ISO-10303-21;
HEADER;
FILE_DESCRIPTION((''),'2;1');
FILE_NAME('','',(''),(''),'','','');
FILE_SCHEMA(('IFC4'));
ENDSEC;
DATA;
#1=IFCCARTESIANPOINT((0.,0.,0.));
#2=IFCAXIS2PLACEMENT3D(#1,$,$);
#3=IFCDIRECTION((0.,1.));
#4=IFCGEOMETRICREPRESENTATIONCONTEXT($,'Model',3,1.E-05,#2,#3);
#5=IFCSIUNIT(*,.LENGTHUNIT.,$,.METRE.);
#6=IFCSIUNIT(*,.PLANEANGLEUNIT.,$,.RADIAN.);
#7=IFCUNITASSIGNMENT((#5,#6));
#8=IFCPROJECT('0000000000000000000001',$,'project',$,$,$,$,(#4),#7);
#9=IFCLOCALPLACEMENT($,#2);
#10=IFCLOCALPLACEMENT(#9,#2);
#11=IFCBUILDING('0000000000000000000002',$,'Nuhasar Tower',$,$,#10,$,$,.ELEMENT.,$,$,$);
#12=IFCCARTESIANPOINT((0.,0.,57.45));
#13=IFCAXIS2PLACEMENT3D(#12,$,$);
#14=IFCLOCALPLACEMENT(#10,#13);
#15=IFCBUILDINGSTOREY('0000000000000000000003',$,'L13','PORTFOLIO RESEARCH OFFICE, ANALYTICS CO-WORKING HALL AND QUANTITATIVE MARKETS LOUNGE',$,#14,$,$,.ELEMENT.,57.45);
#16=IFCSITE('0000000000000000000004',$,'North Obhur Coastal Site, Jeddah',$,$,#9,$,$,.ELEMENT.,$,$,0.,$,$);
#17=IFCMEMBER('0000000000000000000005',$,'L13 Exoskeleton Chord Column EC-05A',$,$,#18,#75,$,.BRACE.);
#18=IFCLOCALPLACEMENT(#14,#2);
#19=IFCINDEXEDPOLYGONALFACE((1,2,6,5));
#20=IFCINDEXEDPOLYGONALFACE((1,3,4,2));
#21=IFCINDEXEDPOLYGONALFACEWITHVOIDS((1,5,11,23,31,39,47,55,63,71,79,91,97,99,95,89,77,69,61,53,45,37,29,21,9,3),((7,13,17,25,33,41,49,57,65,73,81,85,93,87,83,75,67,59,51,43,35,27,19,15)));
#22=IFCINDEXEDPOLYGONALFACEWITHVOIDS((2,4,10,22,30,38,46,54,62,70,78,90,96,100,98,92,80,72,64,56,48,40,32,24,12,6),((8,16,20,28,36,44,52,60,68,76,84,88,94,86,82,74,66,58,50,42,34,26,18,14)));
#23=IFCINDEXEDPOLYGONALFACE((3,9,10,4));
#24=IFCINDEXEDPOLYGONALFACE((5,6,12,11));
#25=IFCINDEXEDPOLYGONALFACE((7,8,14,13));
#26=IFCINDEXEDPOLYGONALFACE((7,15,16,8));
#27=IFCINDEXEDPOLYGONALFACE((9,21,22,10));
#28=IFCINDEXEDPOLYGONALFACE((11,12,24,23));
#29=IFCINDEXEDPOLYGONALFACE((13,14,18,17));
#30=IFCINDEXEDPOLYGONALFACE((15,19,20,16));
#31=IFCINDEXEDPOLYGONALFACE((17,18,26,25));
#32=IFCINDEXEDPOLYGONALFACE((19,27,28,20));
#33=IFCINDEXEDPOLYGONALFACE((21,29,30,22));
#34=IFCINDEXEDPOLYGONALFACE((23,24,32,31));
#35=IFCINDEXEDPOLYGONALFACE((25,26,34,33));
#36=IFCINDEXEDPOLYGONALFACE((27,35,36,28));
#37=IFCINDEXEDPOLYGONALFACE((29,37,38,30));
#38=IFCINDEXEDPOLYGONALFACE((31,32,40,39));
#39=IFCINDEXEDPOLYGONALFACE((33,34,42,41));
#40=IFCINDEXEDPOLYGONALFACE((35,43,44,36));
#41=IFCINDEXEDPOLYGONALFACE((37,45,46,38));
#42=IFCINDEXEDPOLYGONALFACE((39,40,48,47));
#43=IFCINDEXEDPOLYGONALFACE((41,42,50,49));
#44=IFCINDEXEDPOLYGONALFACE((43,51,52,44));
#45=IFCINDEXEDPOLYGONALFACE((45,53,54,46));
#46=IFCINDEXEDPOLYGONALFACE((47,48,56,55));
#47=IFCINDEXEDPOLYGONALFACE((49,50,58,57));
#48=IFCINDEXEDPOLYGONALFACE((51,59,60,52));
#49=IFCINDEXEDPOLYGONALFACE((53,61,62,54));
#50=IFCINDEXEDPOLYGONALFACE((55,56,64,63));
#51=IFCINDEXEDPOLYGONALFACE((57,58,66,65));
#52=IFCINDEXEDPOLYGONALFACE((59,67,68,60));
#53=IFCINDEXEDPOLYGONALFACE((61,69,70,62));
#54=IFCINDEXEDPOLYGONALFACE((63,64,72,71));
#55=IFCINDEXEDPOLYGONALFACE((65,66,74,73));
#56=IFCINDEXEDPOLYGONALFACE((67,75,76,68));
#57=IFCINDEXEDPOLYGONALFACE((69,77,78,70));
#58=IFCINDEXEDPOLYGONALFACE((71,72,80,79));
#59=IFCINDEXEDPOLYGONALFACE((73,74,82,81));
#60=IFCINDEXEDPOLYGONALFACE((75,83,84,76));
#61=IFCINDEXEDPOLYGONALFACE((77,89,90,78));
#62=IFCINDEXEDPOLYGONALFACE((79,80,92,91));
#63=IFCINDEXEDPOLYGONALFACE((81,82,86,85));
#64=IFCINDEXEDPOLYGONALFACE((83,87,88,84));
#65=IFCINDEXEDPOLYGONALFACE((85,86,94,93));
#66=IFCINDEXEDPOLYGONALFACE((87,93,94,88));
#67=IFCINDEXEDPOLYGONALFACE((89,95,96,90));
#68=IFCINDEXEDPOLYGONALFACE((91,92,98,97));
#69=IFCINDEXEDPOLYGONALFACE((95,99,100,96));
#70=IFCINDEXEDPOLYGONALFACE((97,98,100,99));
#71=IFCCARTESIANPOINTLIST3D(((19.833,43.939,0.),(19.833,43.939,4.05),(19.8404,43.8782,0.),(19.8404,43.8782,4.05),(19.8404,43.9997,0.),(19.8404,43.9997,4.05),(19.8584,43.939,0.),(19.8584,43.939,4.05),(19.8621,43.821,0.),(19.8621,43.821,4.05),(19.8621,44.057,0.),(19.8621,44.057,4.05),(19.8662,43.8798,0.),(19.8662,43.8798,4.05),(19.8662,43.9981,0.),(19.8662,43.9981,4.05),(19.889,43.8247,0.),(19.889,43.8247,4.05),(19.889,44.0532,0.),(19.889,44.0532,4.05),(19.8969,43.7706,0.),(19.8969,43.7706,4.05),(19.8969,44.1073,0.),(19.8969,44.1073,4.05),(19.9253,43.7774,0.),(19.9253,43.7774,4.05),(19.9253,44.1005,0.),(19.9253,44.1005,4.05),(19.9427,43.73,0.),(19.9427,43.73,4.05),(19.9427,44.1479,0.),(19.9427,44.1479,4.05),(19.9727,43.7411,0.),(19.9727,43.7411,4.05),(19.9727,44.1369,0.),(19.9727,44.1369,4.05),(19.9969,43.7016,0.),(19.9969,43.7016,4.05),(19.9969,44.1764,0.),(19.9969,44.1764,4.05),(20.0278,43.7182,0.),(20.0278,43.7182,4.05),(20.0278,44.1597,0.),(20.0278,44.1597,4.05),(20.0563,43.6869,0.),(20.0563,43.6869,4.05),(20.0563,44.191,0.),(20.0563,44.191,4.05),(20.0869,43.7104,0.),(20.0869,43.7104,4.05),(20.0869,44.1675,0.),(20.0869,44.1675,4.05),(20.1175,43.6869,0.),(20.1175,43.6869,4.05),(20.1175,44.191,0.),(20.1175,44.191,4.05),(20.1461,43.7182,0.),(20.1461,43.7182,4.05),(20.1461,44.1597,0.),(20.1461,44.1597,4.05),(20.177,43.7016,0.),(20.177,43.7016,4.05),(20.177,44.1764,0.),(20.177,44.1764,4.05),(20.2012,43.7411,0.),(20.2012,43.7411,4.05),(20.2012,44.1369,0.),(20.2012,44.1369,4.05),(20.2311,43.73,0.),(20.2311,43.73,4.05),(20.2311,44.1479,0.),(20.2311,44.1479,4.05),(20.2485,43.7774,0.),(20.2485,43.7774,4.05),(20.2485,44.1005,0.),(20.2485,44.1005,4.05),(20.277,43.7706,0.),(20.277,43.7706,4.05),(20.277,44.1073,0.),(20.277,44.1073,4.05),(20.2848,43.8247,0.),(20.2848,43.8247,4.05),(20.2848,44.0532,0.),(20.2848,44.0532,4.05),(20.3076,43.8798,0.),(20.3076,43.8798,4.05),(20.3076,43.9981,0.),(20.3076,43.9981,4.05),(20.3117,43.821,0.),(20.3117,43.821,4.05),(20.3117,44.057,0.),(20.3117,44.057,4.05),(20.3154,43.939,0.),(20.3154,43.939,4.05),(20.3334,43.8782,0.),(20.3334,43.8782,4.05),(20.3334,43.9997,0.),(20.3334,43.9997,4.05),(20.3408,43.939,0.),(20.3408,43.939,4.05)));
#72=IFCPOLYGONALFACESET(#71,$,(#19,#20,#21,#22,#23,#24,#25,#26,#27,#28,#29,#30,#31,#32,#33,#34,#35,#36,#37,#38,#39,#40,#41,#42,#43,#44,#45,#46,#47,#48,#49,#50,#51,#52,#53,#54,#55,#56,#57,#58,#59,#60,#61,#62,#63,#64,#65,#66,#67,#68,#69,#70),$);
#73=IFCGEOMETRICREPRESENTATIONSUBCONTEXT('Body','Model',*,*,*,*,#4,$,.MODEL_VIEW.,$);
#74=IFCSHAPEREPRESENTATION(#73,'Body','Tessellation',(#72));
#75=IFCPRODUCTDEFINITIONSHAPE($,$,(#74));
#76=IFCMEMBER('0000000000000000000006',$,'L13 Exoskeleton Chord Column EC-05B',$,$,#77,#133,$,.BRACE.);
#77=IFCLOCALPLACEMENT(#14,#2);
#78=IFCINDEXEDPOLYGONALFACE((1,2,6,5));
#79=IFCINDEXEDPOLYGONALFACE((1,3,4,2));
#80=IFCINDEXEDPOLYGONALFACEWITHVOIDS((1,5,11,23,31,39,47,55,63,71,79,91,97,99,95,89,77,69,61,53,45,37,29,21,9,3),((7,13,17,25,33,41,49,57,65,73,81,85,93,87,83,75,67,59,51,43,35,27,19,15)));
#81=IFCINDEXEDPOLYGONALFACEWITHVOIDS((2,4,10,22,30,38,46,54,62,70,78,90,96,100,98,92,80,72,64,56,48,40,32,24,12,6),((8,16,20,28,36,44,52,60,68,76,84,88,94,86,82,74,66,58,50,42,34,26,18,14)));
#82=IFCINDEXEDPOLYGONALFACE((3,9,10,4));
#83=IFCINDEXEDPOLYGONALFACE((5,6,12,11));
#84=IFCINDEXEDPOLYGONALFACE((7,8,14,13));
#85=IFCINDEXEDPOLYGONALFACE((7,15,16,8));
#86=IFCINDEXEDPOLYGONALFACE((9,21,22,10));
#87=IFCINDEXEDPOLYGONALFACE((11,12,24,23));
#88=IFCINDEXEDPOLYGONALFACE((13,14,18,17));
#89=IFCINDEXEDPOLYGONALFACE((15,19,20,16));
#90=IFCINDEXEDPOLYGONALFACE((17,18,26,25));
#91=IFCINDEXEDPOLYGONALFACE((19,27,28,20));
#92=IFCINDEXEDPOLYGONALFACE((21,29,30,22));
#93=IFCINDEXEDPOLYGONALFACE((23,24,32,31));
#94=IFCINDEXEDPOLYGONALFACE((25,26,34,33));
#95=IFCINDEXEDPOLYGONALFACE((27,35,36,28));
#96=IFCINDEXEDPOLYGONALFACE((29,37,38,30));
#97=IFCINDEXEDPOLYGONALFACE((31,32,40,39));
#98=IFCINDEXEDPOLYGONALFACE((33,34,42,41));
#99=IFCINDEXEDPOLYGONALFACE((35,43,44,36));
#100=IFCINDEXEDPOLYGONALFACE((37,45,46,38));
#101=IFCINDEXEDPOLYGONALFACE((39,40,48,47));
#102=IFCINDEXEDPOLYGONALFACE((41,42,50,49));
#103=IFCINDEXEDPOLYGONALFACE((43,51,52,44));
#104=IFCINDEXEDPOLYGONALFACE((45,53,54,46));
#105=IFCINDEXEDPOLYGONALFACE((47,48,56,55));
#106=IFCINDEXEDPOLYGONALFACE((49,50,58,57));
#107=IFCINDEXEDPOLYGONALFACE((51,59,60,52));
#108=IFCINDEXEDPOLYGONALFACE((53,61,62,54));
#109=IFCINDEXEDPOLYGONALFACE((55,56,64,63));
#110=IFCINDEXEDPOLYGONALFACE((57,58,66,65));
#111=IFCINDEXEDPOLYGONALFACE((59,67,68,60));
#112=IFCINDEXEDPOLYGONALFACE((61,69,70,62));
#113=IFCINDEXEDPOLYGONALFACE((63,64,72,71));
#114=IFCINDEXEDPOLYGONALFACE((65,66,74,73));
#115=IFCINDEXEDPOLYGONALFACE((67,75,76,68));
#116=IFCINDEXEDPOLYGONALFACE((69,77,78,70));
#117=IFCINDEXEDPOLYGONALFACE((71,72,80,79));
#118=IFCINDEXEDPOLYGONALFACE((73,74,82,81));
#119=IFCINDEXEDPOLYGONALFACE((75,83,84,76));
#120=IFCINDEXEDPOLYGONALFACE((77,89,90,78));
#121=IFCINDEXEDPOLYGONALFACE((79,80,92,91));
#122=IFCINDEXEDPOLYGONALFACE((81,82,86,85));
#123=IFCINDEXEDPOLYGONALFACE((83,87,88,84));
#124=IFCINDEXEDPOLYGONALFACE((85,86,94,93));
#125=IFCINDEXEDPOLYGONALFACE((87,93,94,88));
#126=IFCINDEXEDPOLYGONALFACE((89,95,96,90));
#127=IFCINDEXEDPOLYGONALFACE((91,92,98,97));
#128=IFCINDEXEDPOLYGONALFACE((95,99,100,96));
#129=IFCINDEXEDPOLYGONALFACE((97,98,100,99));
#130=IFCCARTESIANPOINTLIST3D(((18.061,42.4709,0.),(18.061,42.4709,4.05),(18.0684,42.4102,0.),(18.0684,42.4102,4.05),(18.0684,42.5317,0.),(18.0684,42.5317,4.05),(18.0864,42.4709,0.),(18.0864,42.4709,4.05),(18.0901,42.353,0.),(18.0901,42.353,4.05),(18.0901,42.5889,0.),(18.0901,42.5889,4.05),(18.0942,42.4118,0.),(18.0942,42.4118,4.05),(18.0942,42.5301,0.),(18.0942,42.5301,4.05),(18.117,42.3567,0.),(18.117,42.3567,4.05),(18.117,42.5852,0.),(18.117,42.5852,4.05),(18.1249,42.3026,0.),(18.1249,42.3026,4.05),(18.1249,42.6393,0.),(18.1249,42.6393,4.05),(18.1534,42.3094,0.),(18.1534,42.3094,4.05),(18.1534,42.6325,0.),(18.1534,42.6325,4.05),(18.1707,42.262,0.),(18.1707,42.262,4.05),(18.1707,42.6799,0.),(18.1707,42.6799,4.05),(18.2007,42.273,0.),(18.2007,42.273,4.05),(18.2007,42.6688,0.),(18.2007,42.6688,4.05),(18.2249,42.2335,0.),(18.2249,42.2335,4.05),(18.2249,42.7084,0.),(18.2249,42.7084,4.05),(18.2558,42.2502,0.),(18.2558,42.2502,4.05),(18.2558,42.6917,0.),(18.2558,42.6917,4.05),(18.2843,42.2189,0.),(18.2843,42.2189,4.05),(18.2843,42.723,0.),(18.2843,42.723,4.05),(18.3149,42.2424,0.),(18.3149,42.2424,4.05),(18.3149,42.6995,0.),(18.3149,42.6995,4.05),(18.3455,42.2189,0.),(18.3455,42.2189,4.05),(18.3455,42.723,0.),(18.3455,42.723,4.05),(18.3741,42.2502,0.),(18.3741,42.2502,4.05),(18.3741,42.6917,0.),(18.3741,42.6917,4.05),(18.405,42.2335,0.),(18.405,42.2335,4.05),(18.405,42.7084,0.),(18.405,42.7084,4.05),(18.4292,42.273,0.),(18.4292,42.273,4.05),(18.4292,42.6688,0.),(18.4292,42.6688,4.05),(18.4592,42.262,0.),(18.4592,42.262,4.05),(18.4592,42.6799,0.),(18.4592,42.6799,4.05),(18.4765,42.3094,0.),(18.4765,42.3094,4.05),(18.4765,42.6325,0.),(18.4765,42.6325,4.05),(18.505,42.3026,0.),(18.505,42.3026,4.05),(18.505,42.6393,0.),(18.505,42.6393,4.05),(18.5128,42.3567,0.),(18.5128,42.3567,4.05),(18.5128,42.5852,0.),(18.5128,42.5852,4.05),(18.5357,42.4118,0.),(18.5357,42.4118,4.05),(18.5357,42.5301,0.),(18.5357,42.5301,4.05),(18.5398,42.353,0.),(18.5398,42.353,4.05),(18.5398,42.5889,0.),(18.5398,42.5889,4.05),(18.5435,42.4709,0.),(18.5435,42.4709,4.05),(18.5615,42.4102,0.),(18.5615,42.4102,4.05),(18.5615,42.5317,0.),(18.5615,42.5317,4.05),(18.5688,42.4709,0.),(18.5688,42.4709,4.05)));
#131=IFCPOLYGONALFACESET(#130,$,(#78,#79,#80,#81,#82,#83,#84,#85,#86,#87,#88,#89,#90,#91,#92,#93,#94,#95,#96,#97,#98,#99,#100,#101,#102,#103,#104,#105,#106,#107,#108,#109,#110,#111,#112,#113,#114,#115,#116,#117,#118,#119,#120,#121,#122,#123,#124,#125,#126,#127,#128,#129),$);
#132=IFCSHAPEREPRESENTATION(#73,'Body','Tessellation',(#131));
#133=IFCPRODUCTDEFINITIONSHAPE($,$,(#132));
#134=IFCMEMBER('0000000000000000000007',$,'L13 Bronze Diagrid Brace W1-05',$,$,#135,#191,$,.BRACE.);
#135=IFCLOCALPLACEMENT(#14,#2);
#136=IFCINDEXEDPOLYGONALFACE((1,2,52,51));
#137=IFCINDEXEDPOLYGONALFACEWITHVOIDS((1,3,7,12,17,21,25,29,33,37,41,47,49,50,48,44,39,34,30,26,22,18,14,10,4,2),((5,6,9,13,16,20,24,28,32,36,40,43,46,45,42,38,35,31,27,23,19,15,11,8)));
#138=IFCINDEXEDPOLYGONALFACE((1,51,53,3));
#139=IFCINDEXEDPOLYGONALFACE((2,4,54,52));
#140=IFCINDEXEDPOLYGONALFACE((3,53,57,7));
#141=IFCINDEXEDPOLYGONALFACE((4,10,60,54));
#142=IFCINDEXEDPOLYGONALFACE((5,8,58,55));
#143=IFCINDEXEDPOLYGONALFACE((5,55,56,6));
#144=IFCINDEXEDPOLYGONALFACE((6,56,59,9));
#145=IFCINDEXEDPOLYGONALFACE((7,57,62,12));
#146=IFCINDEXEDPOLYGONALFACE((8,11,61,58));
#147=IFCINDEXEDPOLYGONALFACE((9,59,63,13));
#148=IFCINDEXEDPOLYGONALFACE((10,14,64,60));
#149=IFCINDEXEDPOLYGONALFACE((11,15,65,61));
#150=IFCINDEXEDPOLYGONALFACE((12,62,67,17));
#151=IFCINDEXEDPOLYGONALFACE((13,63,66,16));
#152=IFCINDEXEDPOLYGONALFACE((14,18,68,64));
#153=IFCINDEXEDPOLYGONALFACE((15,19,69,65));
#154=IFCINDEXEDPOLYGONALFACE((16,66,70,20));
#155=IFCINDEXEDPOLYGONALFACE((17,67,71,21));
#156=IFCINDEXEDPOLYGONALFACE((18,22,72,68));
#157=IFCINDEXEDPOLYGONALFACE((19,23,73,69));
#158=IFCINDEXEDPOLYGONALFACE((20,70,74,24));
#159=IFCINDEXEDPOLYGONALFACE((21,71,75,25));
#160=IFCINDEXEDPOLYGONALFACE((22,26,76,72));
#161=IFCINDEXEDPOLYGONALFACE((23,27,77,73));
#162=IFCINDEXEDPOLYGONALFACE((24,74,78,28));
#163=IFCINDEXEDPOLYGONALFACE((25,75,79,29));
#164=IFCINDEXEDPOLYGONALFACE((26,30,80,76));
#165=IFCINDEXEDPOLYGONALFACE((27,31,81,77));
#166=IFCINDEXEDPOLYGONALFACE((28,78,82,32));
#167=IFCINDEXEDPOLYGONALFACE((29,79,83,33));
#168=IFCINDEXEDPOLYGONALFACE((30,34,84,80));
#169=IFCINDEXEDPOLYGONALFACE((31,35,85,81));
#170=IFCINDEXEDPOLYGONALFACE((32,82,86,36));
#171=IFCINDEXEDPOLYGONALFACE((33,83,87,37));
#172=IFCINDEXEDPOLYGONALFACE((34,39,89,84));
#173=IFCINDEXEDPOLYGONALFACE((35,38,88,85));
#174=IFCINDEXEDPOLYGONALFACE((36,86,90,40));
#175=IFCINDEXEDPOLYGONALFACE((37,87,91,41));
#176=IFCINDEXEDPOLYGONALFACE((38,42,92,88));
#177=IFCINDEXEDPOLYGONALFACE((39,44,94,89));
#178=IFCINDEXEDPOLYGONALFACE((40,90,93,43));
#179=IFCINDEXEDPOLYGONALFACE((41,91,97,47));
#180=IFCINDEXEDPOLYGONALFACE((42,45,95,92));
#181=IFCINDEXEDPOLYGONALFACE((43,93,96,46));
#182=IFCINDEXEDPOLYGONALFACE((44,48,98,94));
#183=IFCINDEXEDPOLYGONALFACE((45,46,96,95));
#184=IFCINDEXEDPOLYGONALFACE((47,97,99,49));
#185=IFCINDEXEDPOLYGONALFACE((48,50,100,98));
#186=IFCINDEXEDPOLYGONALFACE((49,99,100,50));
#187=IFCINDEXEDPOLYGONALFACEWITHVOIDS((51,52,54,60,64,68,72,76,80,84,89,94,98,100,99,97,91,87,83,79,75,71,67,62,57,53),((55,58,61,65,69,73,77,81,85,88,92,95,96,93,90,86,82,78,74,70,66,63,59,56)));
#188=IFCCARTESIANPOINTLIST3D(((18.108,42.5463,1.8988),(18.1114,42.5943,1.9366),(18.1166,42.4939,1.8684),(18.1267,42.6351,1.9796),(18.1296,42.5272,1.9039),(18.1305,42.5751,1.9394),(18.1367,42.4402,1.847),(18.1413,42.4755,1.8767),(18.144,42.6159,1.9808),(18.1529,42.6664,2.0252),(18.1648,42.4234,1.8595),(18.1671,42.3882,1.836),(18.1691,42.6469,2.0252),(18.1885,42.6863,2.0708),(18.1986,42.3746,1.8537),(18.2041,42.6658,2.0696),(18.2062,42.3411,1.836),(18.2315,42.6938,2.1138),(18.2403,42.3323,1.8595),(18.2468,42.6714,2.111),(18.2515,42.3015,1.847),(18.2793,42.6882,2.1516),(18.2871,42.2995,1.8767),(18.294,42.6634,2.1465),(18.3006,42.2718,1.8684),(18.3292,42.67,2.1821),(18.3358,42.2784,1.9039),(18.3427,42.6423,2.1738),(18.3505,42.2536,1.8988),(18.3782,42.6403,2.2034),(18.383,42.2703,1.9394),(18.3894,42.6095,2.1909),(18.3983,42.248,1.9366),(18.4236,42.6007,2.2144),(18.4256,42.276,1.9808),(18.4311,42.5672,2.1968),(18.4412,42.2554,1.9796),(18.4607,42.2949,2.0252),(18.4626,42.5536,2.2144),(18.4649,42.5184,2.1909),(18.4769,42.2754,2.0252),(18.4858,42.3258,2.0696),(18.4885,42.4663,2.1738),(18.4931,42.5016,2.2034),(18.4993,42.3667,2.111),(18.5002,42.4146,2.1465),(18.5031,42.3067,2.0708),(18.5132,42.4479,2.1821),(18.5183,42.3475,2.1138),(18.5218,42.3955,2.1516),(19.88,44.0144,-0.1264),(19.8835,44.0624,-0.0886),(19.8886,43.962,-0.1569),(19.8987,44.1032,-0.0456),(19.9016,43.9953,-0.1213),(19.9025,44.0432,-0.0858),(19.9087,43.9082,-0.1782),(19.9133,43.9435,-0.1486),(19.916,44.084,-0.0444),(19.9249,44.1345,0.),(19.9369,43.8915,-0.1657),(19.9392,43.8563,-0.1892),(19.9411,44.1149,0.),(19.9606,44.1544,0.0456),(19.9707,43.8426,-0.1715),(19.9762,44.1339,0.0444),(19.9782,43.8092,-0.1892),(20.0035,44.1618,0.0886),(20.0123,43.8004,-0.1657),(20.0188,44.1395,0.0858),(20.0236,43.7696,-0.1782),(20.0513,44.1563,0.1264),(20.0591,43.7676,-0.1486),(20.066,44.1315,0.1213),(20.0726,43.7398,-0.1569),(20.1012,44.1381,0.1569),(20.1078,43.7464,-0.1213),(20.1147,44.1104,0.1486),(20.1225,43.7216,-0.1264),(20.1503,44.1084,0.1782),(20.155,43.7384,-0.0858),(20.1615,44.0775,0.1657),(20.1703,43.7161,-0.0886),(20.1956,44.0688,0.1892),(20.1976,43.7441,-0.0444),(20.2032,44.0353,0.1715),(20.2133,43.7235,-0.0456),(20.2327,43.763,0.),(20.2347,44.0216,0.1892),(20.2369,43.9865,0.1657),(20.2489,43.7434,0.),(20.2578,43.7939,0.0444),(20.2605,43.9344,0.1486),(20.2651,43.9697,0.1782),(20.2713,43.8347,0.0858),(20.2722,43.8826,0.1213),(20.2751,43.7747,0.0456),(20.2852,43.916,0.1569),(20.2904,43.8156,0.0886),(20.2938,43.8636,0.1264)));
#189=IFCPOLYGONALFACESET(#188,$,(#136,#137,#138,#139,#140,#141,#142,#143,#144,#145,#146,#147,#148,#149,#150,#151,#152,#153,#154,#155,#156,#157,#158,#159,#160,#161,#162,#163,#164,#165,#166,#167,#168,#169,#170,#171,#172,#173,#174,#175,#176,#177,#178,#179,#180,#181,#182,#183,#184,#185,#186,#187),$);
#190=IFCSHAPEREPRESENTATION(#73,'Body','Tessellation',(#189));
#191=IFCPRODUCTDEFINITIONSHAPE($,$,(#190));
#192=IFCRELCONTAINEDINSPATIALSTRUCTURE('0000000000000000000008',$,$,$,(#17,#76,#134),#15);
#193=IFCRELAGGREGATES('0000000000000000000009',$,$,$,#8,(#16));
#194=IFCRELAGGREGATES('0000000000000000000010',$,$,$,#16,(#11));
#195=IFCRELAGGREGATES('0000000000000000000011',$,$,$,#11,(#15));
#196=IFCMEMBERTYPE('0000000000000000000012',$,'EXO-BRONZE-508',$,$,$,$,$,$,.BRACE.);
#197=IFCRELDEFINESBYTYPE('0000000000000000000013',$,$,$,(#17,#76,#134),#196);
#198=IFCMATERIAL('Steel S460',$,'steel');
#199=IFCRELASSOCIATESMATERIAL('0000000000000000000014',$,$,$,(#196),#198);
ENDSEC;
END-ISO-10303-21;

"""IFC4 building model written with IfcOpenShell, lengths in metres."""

from ifc_helpers import new_model, si_unit, direction, frame, origin, origin_2d, place, context, subcontext, project, spatial, hollow_circle, extrude, material, material_profile, profile_set, type_object, element, save


model = new_model("IFC4")

# Units and contexts
model_context = context("Model", 3, precision=1e-05, world=origin(), true_north=direction((0.0, 1.0)))
body_context = subcontext(model_context, "Body", "Model", "MODEL_VIEW")
ifc_project = project(units=[si_unit("LENGTHUNIT", "METRE"), si_unit("PLANEANGLEUNIT", "RADIAN")], contexts=[model_context])

# Site, building, storey
site_placement = place(None, origin())
site = spatial("IfcSite", under=ifc_project, at=site_placement, Name="North Obhur Coastal Site, Jeddah", CompositionType="ELEMENT", RefElevation=0.0)
building_placement = place(site_placement, origin())
building = spatial("IfcBuilding", under=site, at=building_placement, Name="Nuhasar Tower", CompositionType="ELEMENT")
storey_placement = place(building_placement, frame((0.0, 0.0, 57.45)))
storey = spatial("IfcBuildingStorey", under=building, at=storey_placement, Name="L13", Description="PORTFOLIO RESEARCH OFFICE, ANALYTICS CO-WORKING HALL AND QUANTITATIVE MARKETS LOUNGE", CompositionType="ELEMENT", Elevation=57.45)

# Members
ifc_material_1 = material(Name="Steel S460", Category="steel")
ifc_material_profile_1 = material_profile(ifc_material_1, hollow_circle(Radius=0.2539, WallThickness=0.0254, at=origin_2d()), Name="HSS508X25.4")
ifc_profile_set_1 = profile_set([ifc_material_profile_1], Name="Steel S460")
member_type_1 = type_object("IfcMemberType", Name="EXO-BRONZE-508", PredefinedType="BRACE", material=ifc_profile_set_1)
for number, where, z_axis, x_axis, name in (
    (1, (20.0869, 43.939, 0.0), (0.0, 0.0, 1.0), (1.0, 0.0, 0.0), "L13 Exoskeleton Chord Column EC-05A"),
    (2, (18.3149, 42.4709, 0.0), (0.0, 0.0, 1.0), (1.0, 0.0, 0.0), "L13 Exoskeleton Chord Column EC-05B"),
):
    element("IfcMember", number, at=place(storey_placement, frame(where, z_axis=z_axis, x_axis=x_axis)), inside=storey, type_object=member_type_1, Name=name, PredefinedType="BRACE", context=body_context, shape_type="SweptSolid", body=[
        extrude(hollow_circle(Radius=0.2539, WallThickness=0.0254, at=origin_2d()), origin(), (0.0, 0.0, 1.0), 4.05),
    ])
member_1_placement = place(storey_placement, frame((20.0869, 43.939, 0.0), z_axis=(-0.578071, -0.478912, 0.660664), x_axis=(0.637969, -0.770062, 0.0)))
element("IfcMember", 3, at=member_1_placement, inside=storey, type_object=member_type_1, Name="L13 Bronze Diagrid Brace W1-05", PredefinedType="BRACE", context=body_context, shape_type="SweptSolid", body=[
    extrude(hollow_circle(Radius=0.2539, WallThickness=0.0254, at=origin_2d()), origin(), (0.0, 0.0, 1.0), 3.0654),
])

save(model, "model.ifc")
